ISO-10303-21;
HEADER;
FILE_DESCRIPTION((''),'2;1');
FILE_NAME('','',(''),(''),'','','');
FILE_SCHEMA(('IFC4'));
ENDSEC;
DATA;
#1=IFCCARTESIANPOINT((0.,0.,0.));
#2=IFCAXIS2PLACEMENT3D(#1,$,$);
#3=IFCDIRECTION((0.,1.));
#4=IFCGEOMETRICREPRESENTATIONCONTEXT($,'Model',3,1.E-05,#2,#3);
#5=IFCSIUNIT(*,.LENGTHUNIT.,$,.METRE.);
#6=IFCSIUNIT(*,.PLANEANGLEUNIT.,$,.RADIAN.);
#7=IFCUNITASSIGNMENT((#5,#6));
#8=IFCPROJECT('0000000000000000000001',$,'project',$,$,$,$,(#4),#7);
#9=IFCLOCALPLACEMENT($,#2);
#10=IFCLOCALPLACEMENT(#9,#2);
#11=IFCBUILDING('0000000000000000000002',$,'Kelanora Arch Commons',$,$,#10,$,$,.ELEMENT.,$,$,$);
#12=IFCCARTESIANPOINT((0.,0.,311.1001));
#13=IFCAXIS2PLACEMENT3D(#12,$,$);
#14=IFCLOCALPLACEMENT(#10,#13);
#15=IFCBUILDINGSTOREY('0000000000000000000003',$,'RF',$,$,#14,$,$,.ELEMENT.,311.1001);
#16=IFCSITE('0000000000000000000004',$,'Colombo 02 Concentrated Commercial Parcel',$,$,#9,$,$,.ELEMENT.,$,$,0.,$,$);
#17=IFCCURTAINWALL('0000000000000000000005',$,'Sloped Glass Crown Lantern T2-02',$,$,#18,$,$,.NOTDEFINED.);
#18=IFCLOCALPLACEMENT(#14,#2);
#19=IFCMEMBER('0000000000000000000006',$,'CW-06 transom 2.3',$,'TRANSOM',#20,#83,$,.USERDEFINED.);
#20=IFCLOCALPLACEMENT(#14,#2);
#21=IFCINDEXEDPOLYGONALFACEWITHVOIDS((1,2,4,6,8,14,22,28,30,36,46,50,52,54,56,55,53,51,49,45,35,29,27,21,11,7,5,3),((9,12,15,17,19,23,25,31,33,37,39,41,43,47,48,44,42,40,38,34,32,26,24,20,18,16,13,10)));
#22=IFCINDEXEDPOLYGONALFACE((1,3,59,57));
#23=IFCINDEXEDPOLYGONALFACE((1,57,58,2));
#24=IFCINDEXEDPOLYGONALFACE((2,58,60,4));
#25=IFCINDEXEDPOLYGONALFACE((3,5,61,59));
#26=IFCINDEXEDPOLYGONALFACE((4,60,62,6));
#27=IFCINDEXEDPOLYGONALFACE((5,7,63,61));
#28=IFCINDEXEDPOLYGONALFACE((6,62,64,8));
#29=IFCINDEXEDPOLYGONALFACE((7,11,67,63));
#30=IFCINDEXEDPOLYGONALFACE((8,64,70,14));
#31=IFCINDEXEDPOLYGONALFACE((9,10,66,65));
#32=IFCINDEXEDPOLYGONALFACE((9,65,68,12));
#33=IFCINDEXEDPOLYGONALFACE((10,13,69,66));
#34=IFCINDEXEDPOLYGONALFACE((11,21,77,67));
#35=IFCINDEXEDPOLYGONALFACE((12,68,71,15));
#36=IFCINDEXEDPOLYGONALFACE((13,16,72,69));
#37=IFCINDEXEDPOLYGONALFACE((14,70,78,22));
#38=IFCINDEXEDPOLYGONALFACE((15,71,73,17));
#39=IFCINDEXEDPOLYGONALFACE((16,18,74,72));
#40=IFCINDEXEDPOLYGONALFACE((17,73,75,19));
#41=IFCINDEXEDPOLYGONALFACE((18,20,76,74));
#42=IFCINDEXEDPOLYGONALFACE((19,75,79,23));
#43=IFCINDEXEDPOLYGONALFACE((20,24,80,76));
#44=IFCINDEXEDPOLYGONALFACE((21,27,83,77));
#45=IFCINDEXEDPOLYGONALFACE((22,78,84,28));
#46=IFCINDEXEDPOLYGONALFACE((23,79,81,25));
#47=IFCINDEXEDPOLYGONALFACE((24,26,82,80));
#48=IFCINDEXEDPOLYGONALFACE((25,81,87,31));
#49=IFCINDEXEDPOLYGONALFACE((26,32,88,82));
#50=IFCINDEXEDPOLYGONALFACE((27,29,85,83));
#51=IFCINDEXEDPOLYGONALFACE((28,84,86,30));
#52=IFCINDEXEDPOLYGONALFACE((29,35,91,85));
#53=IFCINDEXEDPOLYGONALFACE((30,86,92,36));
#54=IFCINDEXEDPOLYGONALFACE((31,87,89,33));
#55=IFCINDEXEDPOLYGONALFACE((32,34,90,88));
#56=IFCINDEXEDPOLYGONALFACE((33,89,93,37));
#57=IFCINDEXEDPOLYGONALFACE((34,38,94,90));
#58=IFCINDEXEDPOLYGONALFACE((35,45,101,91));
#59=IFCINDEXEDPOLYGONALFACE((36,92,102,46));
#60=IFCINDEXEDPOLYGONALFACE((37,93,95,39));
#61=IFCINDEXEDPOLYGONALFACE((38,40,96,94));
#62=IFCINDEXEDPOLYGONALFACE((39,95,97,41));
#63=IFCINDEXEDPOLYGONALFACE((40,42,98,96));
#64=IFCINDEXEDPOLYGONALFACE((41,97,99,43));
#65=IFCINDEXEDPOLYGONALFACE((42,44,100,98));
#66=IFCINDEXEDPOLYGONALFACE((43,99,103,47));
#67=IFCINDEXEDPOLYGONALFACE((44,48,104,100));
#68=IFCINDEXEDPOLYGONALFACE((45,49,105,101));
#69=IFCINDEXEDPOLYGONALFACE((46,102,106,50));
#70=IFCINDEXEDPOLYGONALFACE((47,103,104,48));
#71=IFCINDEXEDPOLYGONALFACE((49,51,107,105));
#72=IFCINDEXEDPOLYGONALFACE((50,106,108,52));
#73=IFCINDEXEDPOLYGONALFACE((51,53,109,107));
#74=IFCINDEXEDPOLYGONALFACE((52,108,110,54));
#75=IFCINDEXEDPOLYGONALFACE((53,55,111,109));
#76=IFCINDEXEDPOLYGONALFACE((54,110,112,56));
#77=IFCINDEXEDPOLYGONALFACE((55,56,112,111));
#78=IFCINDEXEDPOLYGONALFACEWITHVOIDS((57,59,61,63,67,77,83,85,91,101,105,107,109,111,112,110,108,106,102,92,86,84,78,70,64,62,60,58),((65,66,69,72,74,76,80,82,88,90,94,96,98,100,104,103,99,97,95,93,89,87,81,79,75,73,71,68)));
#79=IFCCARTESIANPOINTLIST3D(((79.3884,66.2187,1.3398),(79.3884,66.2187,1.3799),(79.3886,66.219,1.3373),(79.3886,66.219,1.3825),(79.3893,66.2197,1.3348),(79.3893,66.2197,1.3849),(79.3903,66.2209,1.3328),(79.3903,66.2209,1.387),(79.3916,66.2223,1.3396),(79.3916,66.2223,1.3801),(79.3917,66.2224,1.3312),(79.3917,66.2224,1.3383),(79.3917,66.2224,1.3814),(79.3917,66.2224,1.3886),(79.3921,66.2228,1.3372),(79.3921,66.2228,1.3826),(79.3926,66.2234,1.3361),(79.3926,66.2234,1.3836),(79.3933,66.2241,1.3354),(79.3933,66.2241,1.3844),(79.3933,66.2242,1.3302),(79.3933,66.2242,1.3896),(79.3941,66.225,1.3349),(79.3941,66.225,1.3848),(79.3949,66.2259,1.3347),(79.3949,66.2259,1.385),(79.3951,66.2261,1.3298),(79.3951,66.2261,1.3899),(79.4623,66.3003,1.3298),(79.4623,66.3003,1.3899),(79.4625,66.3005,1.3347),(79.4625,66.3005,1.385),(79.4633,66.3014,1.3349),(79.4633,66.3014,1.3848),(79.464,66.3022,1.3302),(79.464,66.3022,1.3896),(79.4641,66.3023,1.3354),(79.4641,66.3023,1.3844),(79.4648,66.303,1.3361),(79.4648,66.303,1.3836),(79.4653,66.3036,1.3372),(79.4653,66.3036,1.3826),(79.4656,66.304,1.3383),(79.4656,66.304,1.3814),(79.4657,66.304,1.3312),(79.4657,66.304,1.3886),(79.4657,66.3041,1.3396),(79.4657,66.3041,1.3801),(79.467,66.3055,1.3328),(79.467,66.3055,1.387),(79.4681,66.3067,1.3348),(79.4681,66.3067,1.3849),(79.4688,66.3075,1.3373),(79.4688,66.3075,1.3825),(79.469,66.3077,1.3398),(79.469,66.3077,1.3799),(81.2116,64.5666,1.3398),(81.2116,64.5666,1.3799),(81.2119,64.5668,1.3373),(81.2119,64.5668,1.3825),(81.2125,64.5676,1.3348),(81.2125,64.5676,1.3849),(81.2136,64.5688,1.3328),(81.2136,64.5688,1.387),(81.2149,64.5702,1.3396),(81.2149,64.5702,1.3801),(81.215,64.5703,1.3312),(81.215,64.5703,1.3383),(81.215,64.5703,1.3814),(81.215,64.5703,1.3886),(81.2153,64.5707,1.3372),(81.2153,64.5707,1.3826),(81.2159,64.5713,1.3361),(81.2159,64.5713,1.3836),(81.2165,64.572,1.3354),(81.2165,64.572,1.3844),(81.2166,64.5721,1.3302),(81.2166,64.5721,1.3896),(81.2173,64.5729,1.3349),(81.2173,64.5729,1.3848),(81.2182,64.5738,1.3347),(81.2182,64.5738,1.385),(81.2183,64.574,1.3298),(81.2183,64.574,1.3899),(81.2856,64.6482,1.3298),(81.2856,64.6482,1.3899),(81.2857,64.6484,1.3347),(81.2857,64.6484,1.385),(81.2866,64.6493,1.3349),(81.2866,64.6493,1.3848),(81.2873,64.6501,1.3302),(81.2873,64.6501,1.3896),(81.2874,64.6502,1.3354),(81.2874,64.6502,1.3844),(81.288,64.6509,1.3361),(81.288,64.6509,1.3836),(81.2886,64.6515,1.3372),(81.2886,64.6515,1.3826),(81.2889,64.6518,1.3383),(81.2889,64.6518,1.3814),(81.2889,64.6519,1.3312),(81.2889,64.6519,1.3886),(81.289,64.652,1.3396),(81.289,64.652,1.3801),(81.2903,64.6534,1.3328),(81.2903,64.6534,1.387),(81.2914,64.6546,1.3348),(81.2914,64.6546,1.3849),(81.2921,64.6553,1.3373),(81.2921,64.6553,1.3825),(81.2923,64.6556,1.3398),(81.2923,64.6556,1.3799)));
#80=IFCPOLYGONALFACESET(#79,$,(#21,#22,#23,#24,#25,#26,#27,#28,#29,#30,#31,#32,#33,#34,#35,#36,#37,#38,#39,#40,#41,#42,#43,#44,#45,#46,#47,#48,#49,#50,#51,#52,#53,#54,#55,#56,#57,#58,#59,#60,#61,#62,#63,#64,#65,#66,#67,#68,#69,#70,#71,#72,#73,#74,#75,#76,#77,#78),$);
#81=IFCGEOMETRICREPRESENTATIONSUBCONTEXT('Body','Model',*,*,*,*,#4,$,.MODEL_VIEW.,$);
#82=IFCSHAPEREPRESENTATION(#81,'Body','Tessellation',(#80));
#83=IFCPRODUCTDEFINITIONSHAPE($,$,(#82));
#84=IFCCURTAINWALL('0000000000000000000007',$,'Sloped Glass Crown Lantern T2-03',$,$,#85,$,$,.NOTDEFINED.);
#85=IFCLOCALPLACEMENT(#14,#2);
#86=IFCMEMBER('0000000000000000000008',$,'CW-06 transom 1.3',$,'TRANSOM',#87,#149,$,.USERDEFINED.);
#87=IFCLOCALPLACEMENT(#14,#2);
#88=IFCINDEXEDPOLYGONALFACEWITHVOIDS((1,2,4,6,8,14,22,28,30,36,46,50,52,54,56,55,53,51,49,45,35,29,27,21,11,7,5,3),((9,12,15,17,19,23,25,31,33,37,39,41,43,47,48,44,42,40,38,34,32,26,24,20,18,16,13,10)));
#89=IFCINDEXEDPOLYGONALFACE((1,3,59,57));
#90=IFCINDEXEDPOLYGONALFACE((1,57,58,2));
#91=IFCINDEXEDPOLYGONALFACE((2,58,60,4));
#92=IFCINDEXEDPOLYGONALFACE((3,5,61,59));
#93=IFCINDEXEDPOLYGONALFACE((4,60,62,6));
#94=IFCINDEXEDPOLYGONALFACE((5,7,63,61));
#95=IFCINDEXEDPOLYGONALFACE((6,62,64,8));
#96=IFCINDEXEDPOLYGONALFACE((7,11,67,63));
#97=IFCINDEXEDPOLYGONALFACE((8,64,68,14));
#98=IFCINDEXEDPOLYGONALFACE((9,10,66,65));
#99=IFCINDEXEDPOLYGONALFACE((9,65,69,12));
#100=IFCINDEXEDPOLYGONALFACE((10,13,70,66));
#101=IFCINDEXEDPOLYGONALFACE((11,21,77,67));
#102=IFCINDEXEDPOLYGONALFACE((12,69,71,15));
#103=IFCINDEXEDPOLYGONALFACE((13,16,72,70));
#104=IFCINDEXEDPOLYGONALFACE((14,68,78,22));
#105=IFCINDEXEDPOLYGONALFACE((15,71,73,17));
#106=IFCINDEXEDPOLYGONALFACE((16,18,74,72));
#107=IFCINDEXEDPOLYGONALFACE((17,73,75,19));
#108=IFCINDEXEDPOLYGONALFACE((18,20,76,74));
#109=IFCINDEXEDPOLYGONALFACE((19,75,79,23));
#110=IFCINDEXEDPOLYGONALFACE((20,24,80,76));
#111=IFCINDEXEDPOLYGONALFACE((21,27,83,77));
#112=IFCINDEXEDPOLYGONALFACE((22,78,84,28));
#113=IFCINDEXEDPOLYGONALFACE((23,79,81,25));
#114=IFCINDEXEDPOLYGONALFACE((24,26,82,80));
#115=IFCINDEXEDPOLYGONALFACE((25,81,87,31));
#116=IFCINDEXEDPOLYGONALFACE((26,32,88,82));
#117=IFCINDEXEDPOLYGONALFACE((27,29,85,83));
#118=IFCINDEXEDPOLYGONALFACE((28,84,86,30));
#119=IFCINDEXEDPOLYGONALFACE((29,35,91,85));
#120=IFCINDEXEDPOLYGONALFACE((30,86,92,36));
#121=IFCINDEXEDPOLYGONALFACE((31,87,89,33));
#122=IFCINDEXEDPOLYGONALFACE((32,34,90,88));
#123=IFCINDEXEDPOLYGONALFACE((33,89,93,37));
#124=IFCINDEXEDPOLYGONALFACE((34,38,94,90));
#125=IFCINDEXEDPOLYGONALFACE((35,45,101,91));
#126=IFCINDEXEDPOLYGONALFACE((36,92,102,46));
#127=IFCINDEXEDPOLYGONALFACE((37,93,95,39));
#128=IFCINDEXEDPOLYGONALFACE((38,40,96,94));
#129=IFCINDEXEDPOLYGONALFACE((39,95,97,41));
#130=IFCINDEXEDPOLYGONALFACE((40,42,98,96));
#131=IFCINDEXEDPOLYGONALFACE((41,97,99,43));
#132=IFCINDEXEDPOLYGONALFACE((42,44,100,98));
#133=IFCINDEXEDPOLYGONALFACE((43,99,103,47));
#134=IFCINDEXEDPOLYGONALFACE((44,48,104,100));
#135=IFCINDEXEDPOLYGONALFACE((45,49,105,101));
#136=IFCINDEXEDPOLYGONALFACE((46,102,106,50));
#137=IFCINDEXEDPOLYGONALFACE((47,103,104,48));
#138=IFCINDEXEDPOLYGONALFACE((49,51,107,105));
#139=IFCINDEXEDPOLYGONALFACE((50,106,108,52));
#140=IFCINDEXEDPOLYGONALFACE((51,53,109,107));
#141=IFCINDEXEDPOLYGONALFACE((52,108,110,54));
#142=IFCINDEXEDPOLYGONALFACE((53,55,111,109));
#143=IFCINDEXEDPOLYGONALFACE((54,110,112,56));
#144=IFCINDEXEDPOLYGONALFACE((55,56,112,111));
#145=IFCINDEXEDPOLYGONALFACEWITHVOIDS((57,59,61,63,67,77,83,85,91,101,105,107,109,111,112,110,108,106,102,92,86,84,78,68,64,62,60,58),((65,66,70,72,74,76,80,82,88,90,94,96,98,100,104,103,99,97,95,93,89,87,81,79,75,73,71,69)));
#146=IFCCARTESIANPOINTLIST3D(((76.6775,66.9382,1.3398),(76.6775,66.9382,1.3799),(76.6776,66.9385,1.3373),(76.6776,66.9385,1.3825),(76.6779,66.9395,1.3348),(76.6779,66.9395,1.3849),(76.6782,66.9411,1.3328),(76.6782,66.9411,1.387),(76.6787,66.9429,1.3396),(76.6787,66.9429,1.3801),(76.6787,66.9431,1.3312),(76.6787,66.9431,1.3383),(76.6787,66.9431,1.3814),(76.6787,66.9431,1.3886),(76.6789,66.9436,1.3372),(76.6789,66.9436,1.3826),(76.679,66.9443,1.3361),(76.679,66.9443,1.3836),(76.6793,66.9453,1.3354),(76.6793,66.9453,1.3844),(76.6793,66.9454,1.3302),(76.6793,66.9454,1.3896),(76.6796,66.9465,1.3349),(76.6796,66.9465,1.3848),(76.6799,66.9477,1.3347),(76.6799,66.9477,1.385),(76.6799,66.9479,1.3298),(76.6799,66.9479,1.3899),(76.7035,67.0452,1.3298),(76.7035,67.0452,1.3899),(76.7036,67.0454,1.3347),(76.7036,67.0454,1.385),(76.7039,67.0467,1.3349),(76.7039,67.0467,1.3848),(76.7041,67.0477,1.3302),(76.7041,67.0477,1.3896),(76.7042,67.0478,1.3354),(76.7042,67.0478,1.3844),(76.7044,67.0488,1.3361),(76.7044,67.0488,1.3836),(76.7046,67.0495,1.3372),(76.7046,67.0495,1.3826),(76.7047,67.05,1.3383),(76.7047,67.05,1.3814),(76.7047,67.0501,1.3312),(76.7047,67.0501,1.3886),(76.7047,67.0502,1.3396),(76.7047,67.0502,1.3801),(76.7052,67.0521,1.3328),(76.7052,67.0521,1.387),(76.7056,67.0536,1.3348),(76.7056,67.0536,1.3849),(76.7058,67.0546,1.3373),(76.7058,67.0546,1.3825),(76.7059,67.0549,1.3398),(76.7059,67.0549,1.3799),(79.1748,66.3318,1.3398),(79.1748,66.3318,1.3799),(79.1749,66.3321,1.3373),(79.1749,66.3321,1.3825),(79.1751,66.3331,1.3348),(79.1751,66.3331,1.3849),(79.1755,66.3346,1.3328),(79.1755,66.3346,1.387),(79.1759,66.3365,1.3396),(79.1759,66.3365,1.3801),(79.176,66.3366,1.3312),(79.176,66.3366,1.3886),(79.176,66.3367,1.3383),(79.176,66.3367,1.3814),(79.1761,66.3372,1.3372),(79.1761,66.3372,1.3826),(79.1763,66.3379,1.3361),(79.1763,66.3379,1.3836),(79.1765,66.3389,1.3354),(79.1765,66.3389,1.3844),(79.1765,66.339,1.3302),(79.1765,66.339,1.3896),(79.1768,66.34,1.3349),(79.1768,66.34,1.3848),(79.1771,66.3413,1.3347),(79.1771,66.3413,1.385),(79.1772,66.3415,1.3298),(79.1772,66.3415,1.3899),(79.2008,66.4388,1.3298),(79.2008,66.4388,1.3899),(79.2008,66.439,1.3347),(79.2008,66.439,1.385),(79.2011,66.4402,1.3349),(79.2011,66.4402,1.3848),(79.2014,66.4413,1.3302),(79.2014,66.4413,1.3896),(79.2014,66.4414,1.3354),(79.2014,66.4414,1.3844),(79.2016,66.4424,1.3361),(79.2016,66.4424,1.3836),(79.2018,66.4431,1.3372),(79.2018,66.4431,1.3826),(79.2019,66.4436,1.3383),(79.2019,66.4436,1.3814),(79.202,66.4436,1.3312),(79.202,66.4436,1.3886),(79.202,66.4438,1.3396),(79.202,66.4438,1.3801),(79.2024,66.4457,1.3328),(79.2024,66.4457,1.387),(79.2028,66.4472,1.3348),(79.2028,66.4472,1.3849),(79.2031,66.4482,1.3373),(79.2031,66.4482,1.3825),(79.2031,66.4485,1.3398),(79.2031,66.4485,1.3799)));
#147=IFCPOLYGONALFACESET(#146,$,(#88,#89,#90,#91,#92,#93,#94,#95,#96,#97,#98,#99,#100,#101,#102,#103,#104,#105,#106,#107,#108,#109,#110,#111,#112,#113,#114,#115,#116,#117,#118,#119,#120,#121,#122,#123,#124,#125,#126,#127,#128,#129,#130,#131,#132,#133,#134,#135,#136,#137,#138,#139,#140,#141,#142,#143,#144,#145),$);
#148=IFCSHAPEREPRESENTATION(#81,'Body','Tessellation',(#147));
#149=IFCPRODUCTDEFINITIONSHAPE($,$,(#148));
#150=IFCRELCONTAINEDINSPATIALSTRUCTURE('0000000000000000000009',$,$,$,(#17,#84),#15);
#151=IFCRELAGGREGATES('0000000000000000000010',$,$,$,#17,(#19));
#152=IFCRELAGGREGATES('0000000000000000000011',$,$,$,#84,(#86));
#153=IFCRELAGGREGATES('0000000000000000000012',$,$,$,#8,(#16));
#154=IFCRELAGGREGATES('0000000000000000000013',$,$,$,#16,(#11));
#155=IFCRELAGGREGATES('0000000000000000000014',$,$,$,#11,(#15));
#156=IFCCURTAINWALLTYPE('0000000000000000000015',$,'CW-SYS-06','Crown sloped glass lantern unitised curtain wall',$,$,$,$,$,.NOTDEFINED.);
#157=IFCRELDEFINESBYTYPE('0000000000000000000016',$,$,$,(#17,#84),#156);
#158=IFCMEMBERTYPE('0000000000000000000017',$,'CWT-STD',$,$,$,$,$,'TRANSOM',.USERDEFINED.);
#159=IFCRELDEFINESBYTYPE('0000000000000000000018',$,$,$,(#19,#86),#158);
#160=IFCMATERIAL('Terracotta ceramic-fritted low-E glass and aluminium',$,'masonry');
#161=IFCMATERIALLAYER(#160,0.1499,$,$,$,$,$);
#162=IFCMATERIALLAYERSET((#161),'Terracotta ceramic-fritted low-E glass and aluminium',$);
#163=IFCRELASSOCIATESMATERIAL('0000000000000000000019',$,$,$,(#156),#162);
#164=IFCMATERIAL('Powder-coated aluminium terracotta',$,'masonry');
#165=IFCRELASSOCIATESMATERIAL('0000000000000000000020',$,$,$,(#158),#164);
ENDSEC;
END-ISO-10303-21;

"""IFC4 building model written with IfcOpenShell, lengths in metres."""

from ifc_helpers import new_model, si_unit, direction, frame, origin, origin_2d, place, context, subcontext, project, spatial, hollow_rectangle, extrude, material, layer, layer_set, material_profile, profile_set, type_object, element, aggregate, save


model = new_model("IFC4")

# Units and contexts
model_context = context("Model", 3, precision=1e-05, world=origin(), true_north=direction((0.0, 1.0)))
body_context = subcontext(model_context, "Body", "Model", "MODEL_VIEW")
ifc_project = project(units=[si_unit("LENGTHUNIT", "METRE"), si_unit("PLANEANGLEUNIT", "RADIAN")], contexts=[model_context])

# Site, building, storey
site_placement = place(None, origin())
site = spatial("IfcSite", under=ifc_project, at=site_placement, Name="Colombo 02 Concentrated Commercial Parcel", CompositionType="ELEMENT", RefElevation=0.0)
building_placement = place(site_placement, origin())
building = spatial("IfcBuilding", under=site, at=building_placement, Name="Kelanora Arch Commons", CompositionType="ELEMENT")
storey_placement = place(building_placement, frame((0.0, 0.0, 311.1001)))
storey = spatial("IfcBuildingStorey", under=building, at=storey_placement, Name="RF", CompositionType="ELEMENT", Elevation=311.1001)

# Shared definitions
ifc_material_1 = material(Name="Terracotta ceramic-fritted low-E glass and aluminium", Category="masonry")
ifc_layer_1 = layer(ifc_material_1, 0.1499)
ifc_layer_set_1 = layer_set([ifc_layer_1], Name="Terracotta ceramic-fritted low-E glass and aluminium")
curtain_wall_type = type_object("IfcCurtainWallType", Name="CW-SYS-06", Description="Crown sloped glass lantern unitised curtain wall", PredefinedType="NOTDEFINED", material=ifc_layer_set_1)
ifc_material_2 = material(Name="Powder-coated aluminium terracotta", Category="masonry")
ifc_material_profile_1 = material_profile(ifc_material_2, hollow_rectangle(XDim=0.1201, YDim=0.0601, WallThickness=0.0049, InnerFilletRadius=0.0049, OuterFilletRadius=0.01, at=origin_2d()), Name="CWT120x60")
ifc_profile_set_1 = profile_set([ifc_material_profile_1], Name="Powder-coated aluminium terracotta")
member_type_1 = type_object("IfcMemberType", Name="CWT-STD", ElementType="TRANSOM", PredefinedType="USERDEFINED", material=ifc_profile_set_1)

# Curtain walls, members
curtain_wall_1_placement = place(storey_placement, origin())
curtain_wall_1 = element("IfcCurtainWall", 1, at=curtain_wall_1_placement, inside=storey, type_object=curtain_wall_type, Name="Sloped Glass Crown Lantern T2-02", PredefinedType="NOTDEFINED")
member_1_placement = place(storey_placement, frame((81.252, 64.6111, 1.3599), z_axis=(-0.74103, 0.671472, 0.0), x_axis=(-0.671472, -0.74103, 0.0)))
member_1 = element("IfcMember", 2, at=member_1_placement, type_object=member_type_1, Name="CW-06 transom 2.3", ObjectType="TRANSOM", PredefinedType="USERDEFINED", context=body_context, shape_type="SweptSolid", body=[
    extrude(hollow_rectangle(XDim=0.1201, YDim=0.0601, WallThickness=0.0049, InnerFilletRadius=0.0049, OuterFilletRadius=0.01, at=origin_2d()), origin(), (0.0, 0.0, 1.0), 2.4604),
])
aggregate(curtain_wall_1, [member_1])
curtain_wall_2_placement = place(storey_placement, origin())
curtain_wall_2 = element("IfcCurtainWall", 3, at=curtain_wall_2_placement, inside=storey, type_object=curtain_wall_type, Name="Sloped Glass Crown Lantern T2-03", PredefinedType="NOTDEFINED")
member_2_placement = place(storey_placement, frame((79.189, 66.3901, 1.3599), z_axis=(-0.971758, 0.235981, 0.0), x_axis=(-0.235981, -0.971758, 0.0)))
member_2 = element("IfcMember", 4, at=member_2_placement, type_object=member_type_1, Name="CW-06 transom 1.3", ObjectType="TRANSOM", PredefinedType="USERDEFINED", context=body_context, shape_type="SweptSolid", body=[
    extrude(hollow_rectangle(XDim=0.1201, YDim=0.0601, WallThickness=0.0049, InnerFilletRadius=0.0049, OuterFilletRadius=0.01, at=origin_2d()), origin(), (0.0, 0.0, 1.0), 2.5698),
])
aggregate(curtain_wall_2, [member_2])

save(model, "model.ifc")
